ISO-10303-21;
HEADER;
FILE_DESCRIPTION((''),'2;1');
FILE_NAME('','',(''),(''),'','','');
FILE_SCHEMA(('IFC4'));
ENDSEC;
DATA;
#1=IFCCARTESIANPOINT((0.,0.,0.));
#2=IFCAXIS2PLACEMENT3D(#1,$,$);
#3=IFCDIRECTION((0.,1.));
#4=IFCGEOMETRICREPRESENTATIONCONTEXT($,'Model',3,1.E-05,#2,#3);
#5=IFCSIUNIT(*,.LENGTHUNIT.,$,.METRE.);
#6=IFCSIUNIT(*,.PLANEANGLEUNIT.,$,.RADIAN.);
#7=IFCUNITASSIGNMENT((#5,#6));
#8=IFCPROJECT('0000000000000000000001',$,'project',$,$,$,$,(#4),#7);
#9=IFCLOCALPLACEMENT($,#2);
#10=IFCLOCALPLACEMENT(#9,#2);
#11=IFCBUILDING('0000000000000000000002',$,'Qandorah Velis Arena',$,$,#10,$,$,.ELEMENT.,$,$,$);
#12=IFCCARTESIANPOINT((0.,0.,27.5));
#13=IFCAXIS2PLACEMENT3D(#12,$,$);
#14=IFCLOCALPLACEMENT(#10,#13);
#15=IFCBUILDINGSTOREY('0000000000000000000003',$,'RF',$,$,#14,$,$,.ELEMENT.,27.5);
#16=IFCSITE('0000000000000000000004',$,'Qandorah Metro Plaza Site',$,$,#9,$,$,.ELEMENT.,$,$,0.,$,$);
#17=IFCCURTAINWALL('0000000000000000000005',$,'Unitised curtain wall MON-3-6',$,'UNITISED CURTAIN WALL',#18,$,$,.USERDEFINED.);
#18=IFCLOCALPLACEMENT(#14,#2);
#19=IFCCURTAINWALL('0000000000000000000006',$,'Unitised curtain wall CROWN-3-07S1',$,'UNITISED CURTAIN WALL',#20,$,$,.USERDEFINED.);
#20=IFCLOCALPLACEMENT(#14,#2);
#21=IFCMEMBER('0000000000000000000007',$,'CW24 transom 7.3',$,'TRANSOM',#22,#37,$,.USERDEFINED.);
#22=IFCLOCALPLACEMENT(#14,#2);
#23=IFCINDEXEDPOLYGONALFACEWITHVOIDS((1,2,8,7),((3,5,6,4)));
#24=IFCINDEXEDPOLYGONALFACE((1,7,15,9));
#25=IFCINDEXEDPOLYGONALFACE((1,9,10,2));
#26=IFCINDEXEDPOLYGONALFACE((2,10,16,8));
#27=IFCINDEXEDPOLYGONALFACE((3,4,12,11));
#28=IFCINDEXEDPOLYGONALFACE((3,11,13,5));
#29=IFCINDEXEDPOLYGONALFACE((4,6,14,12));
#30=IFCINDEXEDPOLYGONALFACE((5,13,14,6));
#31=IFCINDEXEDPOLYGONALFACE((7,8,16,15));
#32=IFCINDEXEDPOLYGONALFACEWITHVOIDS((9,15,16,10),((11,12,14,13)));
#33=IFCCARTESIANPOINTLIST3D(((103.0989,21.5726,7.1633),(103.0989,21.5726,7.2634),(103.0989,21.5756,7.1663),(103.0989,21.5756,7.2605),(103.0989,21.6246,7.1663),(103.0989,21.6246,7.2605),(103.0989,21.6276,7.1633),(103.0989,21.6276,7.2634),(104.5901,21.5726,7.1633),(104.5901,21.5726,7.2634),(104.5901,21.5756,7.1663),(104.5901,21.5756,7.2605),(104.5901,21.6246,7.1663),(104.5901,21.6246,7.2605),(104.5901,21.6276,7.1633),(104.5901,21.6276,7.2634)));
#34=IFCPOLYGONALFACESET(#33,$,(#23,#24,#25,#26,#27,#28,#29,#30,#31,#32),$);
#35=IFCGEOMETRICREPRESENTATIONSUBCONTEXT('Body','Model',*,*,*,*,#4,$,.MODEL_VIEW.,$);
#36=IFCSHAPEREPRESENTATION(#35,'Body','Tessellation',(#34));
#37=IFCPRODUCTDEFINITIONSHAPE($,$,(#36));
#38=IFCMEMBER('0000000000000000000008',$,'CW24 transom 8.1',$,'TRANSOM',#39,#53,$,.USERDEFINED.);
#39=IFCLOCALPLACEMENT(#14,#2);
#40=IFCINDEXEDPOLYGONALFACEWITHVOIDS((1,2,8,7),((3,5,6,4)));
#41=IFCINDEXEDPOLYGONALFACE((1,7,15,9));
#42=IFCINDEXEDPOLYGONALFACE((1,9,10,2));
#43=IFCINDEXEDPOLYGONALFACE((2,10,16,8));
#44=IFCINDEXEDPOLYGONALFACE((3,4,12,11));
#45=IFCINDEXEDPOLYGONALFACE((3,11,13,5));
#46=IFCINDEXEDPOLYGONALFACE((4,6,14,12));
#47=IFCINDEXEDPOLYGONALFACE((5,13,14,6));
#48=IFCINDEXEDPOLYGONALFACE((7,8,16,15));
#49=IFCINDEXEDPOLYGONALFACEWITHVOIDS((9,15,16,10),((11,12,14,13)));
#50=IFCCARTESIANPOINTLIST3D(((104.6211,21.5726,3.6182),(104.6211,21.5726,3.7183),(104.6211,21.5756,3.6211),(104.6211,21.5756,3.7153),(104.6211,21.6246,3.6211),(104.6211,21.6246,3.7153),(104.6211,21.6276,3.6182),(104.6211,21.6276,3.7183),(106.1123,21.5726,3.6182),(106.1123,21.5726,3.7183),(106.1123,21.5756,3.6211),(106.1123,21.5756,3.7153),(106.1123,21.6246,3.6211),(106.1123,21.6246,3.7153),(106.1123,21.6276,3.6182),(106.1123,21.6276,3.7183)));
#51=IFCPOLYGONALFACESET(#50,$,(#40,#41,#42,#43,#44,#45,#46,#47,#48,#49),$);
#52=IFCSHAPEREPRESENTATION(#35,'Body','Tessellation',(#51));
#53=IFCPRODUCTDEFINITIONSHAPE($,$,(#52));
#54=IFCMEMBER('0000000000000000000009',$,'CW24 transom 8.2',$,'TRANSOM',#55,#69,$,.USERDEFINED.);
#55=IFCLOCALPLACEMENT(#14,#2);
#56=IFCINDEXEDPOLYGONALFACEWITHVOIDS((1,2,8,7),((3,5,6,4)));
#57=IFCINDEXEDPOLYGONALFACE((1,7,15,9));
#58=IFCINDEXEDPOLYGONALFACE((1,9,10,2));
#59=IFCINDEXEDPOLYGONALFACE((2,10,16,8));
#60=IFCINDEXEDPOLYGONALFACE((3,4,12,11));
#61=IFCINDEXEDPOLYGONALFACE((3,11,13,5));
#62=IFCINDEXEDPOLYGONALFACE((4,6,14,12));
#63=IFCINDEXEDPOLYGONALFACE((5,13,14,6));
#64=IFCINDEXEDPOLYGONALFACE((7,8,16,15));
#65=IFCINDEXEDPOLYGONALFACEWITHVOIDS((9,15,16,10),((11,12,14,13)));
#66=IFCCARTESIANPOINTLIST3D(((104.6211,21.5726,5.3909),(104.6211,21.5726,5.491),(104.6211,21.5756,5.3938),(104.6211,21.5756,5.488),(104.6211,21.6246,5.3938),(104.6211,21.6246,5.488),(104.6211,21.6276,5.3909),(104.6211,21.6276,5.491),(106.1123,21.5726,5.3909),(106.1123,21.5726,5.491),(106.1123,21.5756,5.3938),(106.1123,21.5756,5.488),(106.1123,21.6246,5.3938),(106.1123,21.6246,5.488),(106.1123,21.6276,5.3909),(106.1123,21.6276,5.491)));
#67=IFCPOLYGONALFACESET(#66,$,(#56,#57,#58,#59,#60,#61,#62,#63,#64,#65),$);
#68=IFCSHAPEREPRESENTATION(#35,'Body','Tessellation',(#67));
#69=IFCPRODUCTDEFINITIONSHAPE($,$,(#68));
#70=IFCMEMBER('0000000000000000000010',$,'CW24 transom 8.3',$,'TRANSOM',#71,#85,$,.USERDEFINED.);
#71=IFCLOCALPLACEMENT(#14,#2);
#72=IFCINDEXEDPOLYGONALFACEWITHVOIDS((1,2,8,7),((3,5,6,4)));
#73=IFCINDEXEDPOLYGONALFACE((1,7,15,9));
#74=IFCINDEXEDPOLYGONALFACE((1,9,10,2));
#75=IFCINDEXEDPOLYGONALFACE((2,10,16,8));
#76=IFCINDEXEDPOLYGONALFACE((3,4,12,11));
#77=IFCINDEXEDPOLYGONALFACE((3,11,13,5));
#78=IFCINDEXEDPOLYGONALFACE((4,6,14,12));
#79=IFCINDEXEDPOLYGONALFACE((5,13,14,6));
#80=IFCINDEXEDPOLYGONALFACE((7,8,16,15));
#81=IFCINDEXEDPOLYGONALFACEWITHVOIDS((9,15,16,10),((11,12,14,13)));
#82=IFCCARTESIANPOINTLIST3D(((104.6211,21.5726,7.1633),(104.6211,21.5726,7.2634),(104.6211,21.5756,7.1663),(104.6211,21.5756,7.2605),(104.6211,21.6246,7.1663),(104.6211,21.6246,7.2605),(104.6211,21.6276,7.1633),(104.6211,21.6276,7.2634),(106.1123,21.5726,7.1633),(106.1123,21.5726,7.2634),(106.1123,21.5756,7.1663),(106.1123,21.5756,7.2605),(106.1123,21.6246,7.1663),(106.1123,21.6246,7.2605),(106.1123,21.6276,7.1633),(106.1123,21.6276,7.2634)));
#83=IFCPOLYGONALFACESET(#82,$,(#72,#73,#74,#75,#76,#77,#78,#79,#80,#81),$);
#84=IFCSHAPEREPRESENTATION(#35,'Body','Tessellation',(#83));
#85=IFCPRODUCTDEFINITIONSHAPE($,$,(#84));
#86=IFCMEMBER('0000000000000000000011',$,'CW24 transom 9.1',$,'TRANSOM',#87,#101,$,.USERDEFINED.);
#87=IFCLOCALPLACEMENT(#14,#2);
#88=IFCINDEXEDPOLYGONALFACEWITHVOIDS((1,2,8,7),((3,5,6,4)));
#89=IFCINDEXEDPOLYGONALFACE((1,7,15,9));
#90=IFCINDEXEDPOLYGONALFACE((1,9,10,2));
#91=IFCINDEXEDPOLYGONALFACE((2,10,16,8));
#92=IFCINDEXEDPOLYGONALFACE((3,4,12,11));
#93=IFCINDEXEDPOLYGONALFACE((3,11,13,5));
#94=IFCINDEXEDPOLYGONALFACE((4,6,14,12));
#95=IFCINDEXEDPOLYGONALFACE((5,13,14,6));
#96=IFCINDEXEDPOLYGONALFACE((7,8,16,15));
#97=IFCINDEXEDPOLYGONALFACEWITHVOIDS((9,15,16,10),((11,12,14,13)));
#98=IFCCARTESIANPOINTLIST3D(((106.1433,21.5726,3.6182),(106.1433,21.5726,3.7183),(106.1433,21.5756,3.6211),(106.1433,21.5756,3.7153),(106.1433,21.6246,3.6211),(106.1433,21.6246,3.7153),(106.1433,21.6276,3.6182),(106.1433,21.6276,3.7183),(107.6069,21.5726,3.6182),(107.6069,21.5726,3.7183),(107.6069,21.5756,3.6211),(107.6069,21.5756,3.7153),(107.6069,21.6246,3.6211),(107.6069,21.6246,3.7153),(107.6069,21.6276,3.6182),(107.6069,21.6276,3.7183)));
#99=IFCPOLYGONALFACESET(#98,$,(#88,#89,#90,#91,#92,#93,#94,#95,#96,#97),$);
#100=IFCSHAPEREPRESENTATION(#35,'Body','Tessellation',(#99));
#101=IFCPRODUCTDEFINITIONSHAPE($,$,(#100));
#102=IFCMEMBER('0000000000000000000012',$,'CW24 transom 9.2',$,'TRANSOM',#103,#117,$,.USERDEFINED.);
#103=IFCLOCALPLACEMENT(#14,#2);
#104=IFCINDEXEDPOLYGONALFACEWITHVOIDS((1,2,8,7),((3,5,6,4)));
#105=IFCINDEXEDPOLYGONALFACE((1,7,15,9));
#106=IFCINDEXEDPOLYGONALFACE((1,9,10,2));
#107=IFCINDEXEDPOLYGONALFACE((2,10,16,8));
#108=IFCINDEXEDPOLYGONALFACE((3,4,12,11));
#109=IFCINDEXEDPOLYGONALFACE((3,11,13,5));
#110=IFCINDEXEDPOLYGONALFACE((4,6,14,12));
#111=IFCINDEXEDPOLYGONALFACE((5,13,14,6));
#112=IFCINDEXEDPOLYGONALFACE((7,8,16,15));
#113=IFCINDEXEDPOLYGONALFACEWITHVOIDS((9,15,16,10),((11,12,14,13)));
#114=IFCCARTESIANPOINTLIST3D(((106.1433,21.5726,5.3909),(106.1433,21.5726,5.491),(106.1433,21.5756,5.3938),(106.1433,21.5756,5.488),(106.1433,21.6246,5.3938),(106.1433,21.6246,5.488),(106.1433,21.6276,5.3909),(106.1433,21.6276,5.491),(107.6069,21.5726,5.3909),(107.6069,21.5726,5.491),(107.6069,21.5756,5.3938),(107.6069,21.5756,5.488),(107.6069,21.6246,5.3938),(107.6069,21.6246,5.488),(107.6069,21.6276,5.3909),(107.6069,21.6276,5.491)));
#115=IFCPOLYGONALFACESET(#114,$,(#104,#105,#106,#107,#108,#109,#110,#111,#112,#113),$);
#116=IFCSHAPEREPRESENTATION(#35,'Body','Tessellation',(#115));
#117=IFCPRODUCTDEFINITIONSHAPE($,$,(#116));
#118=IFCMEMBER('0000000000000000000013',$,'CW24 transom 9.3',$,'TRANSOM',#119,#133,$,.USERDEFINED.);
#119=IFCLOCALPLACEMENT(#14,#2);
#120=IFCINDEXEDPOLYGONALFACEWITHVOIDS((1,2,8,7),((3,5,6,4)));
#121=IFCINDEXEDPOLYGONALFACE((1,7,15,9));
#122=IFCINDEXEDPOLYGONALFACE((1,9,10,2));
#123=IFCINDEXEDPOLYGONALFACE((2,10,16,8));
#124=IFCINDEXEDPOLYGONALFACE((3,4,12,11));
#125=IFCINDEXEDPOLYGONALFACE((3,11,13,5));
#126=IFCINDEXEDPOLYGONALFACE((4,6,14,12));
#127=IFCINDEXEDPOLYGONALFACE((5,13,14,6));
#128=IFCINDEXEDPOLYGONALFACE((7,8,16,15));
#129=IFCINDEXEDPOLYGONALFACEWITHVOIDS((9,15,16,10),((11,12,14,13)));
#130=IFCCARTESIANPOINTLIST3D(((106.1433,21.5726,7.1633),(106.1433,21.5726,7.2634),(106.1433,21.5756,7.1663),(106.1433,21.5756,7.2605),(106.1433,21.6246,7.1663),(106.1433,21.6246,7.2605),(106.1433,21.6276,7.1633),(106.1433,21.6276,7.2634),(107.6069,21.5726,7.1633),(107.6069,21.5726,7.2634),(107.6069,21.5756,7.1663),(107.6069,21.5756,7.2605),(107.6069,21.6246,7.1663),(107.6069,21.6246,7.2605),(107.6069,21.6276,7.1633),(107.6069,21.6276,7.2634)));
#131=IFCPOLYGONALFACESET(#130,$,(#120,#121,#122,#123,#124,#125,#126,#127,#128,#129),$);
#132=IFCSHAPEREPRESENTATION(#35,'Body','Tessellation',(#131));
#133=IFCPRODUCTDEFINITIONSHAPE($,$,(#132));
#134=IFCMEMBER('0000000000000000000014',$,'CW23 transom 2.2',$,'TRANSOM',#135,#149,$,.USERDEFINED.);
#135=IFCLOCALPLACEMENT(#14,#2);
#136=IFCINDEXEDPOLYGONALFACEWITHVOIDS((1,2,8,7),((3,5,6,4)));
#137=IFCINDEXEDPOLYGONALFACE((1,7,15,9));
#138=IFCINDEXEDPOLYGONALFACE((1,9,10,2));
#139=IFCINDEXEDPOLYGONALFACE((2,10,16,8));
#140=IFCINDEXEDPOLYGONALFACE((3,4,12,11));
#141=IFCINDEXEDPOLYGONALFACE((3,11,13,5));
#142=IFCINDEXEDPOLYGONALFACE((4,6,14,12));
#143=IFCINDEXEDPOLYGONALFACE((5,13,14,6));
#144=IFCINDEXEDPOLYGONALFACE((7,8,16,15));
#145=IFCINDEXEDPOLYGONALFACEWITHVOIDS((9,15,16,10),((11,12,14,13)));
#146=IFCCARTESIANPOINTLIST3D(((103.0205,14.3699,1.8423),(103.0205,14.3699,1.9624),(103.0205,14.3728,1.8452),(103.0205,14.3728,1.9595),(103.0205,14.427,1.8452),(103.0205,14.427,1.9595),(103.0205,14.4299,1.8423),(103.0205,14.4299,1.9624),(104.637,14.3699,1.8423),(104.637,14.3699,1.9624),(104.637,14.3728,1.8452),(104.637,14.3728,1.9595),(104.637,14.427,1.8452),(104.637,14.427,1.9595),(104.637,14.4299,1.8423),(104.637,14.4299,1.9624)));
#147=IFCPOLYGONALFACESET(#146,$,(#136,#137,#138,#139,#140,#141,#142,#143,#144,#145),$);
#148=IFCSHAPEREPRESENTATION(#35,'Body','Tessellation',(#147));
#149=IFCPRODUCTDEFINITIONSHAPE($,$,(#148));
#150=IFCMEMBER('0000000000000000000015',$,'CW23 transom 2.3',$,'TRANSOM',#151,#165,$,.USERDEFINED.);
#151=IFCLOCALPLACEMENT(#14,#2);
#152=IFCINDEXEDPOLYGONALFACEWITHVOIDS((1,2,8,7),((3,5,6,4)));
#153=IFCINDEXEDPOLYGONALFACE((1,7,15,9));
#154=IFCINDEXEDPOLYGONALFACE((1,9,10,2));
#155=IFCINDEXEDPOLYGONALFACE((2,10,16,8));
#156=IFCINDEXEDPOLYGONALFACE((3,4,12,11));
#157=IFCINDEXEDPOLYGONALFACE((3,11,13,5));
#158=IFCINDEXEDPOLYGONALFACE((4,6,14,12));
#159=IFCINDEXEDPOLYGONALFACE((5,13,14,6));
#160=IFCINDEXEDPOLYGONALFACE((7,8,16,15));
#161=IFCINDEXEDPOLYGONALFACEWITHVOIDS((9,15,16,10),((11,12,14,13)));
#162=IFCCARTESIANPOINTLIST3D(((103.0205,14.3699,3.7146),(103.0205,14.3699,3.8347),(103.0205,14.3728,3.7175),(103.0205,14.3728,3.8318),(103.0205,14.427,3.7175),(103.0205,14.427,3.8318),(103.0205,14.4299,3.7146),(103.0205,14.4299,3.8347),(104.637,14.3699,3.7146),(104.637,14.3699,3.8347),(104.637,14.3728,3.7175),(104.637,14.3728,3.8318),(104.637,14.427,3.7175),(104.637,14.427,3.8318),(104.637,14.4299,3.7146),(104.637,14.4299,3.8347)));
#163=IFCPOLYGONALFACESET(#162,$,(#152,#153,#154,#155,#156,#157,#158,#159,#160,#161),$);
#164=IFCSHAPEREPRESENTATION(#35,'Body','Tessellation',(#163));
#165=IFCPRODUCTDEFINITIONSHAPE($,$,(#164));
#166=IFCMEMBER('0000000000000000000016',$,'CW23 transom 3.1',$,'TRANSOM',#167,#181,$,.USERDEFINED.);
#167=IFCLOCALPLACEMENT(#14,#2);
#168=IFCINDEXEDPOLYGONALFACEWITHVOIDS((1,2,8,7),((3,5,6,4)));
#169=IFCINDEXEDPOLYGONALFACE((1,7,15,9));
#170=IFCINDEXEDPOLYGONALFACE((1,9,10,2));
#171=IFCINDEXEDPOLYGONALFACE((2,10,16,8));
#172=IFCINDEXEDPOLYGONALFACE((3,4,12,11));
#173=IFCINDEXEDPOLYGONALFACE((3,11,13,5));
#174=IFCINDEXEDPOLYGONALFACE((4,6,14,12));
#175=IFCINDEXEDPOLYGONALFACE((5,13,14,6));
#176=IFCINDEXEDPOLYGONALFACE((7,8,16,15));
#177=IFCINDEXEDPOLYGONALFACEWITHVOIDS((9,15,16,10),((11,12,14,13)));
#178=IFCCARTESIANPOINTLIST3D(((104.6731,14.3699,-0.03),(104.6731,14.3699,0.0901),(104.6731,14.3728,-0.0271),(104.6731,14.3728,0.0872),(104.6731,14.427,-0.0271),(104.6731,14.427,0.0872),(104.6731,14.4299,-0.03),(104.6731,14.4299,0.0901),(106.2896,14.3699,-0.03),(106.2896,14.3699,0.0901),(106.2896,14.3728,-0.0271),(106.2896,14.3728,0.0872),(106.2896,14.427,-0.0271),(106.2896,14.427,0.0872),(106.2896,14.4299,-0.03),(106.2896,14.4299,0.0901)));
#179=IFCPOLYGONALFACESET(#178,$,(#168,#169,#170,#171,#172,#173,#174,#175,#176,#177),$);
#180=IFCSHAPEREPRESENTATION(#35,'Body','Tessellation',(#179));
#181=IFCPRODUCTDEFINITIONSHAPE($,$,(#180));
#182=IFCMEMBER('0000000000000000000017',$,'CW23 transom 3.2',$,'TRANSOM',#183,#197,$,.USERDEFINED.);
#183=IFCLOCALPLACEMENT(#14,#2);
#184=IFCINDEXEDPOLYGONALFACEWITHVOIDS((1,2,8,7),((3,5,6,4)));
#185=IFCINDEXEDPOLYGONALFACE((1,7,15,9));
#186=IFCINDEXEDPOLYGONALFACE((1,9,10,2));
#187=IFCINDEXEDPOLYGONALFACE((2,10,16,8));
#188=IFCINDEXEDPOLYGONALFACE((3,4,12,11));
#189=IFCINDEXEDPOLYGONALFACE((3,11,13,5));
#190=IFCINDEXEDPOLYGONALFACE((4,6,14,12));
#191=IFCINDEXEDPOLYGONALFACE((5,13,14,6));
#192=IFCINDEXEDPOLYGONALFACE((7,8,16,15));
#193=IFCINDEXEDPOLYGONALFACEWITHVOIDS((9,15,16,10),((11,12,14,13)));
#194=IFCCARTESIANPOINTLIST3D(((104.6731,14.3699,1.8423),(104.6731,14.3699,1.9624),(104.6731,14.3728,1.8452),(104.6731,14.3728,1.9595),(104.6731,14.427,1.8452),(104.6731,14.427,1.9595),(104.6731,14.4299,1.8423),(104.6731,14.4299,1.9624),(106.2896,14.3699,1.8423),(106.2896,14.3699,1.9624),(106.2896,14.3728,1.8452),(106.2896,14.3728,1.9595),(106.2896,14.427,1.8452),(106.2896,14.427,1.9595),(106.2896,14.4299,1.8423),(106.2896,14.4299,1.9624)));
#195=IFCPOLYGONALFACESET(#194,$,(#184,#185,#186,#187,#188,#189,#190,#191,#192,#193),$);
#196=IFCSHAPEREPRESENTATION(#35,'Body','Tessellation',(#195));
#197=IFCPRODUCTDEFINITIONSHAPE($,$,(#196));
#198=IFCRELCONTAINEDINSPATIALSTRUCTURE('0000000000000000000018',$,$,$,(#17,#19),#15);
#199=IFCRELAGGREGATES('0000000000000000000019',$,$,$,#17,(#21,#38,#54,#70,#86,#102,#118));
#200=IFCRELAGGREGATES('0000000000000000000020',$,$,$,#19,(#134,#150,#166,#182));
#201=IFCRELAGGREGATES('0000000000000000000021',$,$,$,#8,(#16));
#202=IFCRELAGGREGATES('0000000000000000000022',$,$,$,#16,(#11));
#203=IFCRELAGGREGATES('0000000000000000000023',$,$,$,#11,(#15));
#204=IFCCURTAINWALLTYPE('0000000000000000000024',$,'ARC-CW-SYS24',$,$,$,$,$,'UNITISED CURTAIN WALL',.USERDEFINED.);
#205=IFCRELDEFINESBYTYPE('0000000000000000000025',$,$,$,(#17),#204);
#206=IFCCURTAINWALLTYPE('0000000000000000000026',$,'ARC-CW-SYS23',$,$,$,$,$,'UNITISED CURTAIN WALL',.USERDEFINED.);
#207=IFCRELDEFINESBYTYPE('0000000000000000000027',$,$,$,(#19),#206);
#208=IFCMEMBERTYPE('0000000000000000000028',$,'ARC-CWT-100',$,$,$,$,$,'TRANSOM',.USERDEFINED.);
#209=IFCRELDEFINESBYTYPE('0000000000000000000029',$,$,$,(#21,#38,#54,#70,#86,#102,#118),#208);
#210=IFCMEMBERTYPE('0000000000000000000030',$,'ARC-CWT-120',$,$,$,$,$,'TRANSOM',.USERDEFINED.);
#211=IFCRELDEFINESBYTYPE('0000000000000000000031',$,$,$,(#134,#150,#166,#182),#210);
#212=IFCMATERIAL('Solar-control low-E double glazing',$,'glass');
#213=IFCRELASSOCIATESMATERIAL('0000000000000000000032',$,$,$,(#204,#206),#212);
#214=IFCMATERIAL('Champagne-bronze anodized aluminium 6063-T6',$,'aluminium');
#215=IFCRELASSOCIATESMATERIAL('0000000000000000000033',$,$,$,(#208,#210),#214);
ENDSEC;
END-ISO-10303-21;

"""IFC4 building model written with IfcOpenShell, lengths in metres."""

from ifc_helpers import new_model, si_unit, direction, frame, origin, origin_2d, place, context, subcontext, project, spatial, hollow_rectangle, extrude, material, material_profile, profile_set, type_object, element, aggregate, save


model = new_model("IFC4")

# Units and contexts
model_context = context("Model", 3, precision=1e-05, world=origin(), true_north=direction((0.0, 1.0)))
body_context = subcontext(model_context, "Body", "Model", "MODEL_VIEW")
ifc_project = project(units=[si_unit("LENGTHUNIT", "METRE"), si_unit("PLANEANGLEUNIT", "RADIAN")], contexts=[model_context])

# Site, building, storey
site_placement = place(None, origin())
site = spatial("IfcSite", under=ifc_project, at=site_placement, Name="Qandorah Metro Plaza Site", CompositionType="ELEMENT", RefElevation=0.0)
building_placement = place(site_placement, origin())
building = spatial("IfcBuilding", under=site, at=building_placement, Name="Qandorah Velis Arena", CompositionType="ELEMENT")
storey_placement = place(building_placement, frame((0.0, 0.0, 27.5)))
storey = spatial("IfcBuildingStorey", under=building, at=storey_placement, Name="RF", CompositionType="ELEMENT", Elevation=27.5)

# Curtain walls
ifc_material_1 = material(Name="Solar-control low-E double glazing", Category="glass")
curtain_wall_type_1 = type_object("IfcCurtainWallType", Name="ARC-CW-SYS24", ElementType="UNITISED CURTAIN WALL", PredefinedType="USERDEFINED", material=ifc_material_1)
curtain_wall_1_placement = place(storey_placement, origin())
curtain_wall_1 = element("IfcCurtainWall", 1, at=curtain_wall_1_placement, inside=storey, type_object=curtain_wall_type_1, Name="Unitised curtain wall MON-3-6", ObjectType="UNITISED CURTAIN WALL", PredefinedType="USERDEFINED")
ifc_material_2 = material(Name="Champagne-bronze anodized aluminium 6063-T6", Category="aluminium")
curtain_wall_type_2 = type_object("IfcCurtainWallType", Name="ARC-CW-SYS23", ElementType="UNITISED CURTAIN WALL", PredefinedType="USERDEFINED", material=ifc_material_1)
curtain_wall_2_placement = place(storey_placement, origin())
curtain_wall_2 = element("IfcCurtainWall", 2, at=curtain_wall_2_placement, inside=storey, type_object=curtain_wall_type_2, Name="Unitised curtain wall CROWN-3-07S1", ObjectType="UNITISED CURTAIN WALL", PredefinedType="USERDEFINED")

# Members
ifc_material_profile_1 = material_profile(ifc_material_2, hollow_rectangle(XDim=0.0549, YDim=0.1001, WallThickness=0.0029, at=origin_2d()), Name="ALU TRANSOM 55x100")
ifc_profile_set_1 = profile_set([ifc_material_profile_1], Name="Champagne-bronze anodized aluminium 6063-T6")
member_type_1 = type_object("IfcMemberType", Name="ARC-CWT-100", ElementType="TRANSOM", PredefinedType="USERDEFINED", material=ifc_profile_set_1)
member_1_placement = place(storey_placement, frame((103.0989, 21.6001, 7.2134), z_axis=(1.0, 0.0, 0.0), x_axis=(0.0, 1.0, 0.0)))
member_1 = element("IfcMember", 3, at=member_1_placement, type_object=member_type_1, Name="CW24 transom 7.3", ObjectType="TRANSOM", PredefinedType="USERDEFINED", context=body_context, shape_type="SweptSolid", body=[
    extrude(hollow_rectangle(XDim=0.0549, YDim=0.1001, WallThickness=0.0029, at=origin_2d()), origin(), (0.0, 0.0, 1.0), 1.4912),
])
member_2_placement = place(storey_placement, frame((104.6211, 21.6001, 3.6682), z_axis=(1.0, 0.0, 0.0), x_axis=(0.0, 1.0, 0.0)))
member_2 = element("IfcMember", 4, at=member_2_placement, type_object=member_type_1, Name="CW24 transom 8.1", ObjectType="TRANSOM", PredefinedType="USERDEFINED", context=body_context, shape_type="SweptSolid", body=[
    extrude(hollow_rectangle(XDim=0.0549, YDim=0.1001, WallThickness=0.0029, at=origin_2d()), origin(), (0.0, 0.0, 1.0), 1.4912),
])
member_3_placement = place(storey_placement, frame((104.6211, 21.6001, 5.4409), z_axis=(1.0, 0.0, 0.0), x_axis=(0.0, 1.0, 0.0)))
member_3 = element("IfcMember", 5, at=member_3_placement, type_object=member_type_1, Name="CW24 transom 8.2", ObjectType="TRANSOM", PredefinedType="USERDEFINED", context=body_context, shape_type="SweptSolid", body=[
    extrude(hollow_rectangle(XDim=0.0549, YDim=0.1001, WallThickness=0.0029, at=origin_2d()), origin(), (0.0, 0.0, 1.0), 1.4912),
])
member_4_placement = place(storey_placement, frame((104.6211, 21.6001, 7.2134), z_axis=(1.0, 0.0, 0.0), x_axis=(0.0, 1.0, 0.0)))
member_4 = element("IfcMember", 6, at=member_4_placement, type_object=member_type_1, Name="CW24 transom 8.3", ObjectType="TRANSOM", PredefinedType="USERDEFINED", context=body_context, shape_type="SweptSolid", body=[
    extrude(hollow_rectangle(XDim=0.0549, YDim=0.1001, WallThickness=0.0029, at=origin_2d()), origin(), (0.0, 0.0, 1.0), 1.4912),
])
member_5_placement = place(storey_placement, frame((106.1433, 21.6001, 3.6682), z_axis=(1.0, 0.0, 0.0), x_axis=(0.0, 1.0, 0.0)))
member_5 = element("IfcMember", 7, at=member_5_placement, type_object=member_type_1, Name="CW24 transom 9.1", ObjectType="TRANSOM", PredefinedType="USERDEFINED", context=body_context, shape_type="SweptSolid", body=[
    extrude(hollow_rectangle(XDim=0.0549, YDim=0.1001, WallThickness=0.0029, at=origin_2d()), origin(), (0.0, 0.0, 1.0), 1.4636),
])
member_6_placement = place(storey_placement, frame((106.1433, 21.6001, 5.4409), z_axis=(1.0, 0.0, 0.0), x_axis=(0.0, 1.0, 0.0)))
member_6 = element("IfcMember", 8, at=member_6_placement, type_object=member_type_1, Name="CW24 transom 9.2", ObjectType="TRANSOM", PredefinedType="USERDEFINED", context=body_context, shape_type="SweptSolid", body=[
    extrude(hollow_rectangle(XDim=0.0549, YDim=0.1001, WallThickness=0.0029, at=origin_2d()), origin(), (0.0, 0.0, 1.0), 1.4636),
])
member_7_placement = place(storey_placement, frame((106.1433, 21.6001, 7.2134), z_axis=(1.0, 0.0, 0.0), x_axis=(0.0, 1.0, 0.0)))
member_7 = element("IfcMember", 9, at=member_7_placement, type_object=member_type_1, Name="CW24 transom 9.3", ObjectType="TRANSOM", PredefinedType="USERDEFINED", context=body_context, shape_type="SweptSolid", body=[
    extrude(hollow_rectangle(XDim=0.0549, YDim=0.1001, WallThickness=0.0029, at=origin_2d()), origin(), (0.0, 0.0, 1.0), 1.4636),
])
ifc_material_profile_2 = material_profile(ifc_material_2, hollow_rectangle(XDim=0.0601, YDim=0.1201, WallThickness=0.0029, at=origin_2d()), Name="ALU TRANSOM 60x120")
ifc_profile_set_2 = profile_set([ifc_material_profile_2], Name="Champagne-bronze anodized aluminium 6063-T6")
member_type_2 = type_object("IfcMemberType", Name="ARC-CWT-120", ElementType="TRANSOM", PredefinedType="USERDEFINED", material=ifc_profile_set_2)
member_8_placement = place(storey_placement, frame((103.0205, 14.3999, 1.9023), z_axis=(1.0, 0.0, 0.0), x_axis=(0.0, 1.0, 0.0)))
member_8 = element("IfcMember", 10, at=member_8_placement, type_object=member_type_2, Name="CW23 transom 2.2", ObjectType="TRANSOM", PredefinedType="USERDEFINED", context=body_context, shape_type="SweptSolid", body=[
    extrude(hollow_rectangle(XDim=0.0601, YDim=0.1201, WallThickness=0.0029, at=origin_2d()), origin(), (0.0, 0.0, 1.0), 1.6165),
])
member_9_placement = place(storey_placement, frame((103.0205, 14.3999, 3.7747), z_axis=(1.0, 0.0, 0.0), x_axis=(0.0, 1.0, 0.0)))
member_9 = element("IfcMember", 11, at=member_9_placement, type_object=member_type_2, Name="CW23 transom 2.3", ObjectType="TRANSOM", PredefinedType="USERDEFINED", context=body_context, shape_type="SweptSolid", body=[
    extrude(hollow_rectangle(XDim=0.0601, YDim=0.1201, WallThickness=0.0029, at=origin_2d()), origin(), (0.0, 0.0, 1.0), 1.6165),
])
member_10_placement = place(storey_placement, frame((104.6731, 14.3999, 0.03), z_axis=(1.0, 0.0, 0.0), x_axis=(0.0, 1.0, 0.0)))
member_10 = element("IfcMember", 12, at=member_10_placement, type_object=member_type_2, Name="CW23 transom 3.1", ObjectType="TRANSOM", PredefinedType="USERDEFINED", context=body_context, shape_type="SweptSolid", body=[
    extrude(hollow_rectangle(XDim=0.0601, YDim=0.1201, WallThickness=0.0029, at=origin_2d()), origin(), (0.0, 0.0, 1.0), 1.6165),
])
member_11_placement = place(storey_placement, frame((104.6731, 14.3999, 1.9023), z_axis=(1.0, 0.0, 0.0), x_axis=(0.0, 1.0, 0.0)))
member_11 = element("IfcMember", 13, at=member_11_placement, type_object=member_type_2, Name="CW23 transom 3.2", ObjectType="TRANSOM", PredefinedType="USERDEFINED", context=body_context, shape_type="SweptSolid", body=[
    extrude(hollow_rectangle(XDim=0.0601, YDim=0.1201, WallThickness=0.0029, at=origin_2d()), origin(), (0.0, 0.0, 1.0), 1.6165),
])

aggregate(curtain_wall_1, [member_1, member_2, member_3, member_4, member_5, member_6, member_7])
aggregate(curtain_wall_2, [member_8, member_9, member_10, member_11])

save(model, "model.ifc")
